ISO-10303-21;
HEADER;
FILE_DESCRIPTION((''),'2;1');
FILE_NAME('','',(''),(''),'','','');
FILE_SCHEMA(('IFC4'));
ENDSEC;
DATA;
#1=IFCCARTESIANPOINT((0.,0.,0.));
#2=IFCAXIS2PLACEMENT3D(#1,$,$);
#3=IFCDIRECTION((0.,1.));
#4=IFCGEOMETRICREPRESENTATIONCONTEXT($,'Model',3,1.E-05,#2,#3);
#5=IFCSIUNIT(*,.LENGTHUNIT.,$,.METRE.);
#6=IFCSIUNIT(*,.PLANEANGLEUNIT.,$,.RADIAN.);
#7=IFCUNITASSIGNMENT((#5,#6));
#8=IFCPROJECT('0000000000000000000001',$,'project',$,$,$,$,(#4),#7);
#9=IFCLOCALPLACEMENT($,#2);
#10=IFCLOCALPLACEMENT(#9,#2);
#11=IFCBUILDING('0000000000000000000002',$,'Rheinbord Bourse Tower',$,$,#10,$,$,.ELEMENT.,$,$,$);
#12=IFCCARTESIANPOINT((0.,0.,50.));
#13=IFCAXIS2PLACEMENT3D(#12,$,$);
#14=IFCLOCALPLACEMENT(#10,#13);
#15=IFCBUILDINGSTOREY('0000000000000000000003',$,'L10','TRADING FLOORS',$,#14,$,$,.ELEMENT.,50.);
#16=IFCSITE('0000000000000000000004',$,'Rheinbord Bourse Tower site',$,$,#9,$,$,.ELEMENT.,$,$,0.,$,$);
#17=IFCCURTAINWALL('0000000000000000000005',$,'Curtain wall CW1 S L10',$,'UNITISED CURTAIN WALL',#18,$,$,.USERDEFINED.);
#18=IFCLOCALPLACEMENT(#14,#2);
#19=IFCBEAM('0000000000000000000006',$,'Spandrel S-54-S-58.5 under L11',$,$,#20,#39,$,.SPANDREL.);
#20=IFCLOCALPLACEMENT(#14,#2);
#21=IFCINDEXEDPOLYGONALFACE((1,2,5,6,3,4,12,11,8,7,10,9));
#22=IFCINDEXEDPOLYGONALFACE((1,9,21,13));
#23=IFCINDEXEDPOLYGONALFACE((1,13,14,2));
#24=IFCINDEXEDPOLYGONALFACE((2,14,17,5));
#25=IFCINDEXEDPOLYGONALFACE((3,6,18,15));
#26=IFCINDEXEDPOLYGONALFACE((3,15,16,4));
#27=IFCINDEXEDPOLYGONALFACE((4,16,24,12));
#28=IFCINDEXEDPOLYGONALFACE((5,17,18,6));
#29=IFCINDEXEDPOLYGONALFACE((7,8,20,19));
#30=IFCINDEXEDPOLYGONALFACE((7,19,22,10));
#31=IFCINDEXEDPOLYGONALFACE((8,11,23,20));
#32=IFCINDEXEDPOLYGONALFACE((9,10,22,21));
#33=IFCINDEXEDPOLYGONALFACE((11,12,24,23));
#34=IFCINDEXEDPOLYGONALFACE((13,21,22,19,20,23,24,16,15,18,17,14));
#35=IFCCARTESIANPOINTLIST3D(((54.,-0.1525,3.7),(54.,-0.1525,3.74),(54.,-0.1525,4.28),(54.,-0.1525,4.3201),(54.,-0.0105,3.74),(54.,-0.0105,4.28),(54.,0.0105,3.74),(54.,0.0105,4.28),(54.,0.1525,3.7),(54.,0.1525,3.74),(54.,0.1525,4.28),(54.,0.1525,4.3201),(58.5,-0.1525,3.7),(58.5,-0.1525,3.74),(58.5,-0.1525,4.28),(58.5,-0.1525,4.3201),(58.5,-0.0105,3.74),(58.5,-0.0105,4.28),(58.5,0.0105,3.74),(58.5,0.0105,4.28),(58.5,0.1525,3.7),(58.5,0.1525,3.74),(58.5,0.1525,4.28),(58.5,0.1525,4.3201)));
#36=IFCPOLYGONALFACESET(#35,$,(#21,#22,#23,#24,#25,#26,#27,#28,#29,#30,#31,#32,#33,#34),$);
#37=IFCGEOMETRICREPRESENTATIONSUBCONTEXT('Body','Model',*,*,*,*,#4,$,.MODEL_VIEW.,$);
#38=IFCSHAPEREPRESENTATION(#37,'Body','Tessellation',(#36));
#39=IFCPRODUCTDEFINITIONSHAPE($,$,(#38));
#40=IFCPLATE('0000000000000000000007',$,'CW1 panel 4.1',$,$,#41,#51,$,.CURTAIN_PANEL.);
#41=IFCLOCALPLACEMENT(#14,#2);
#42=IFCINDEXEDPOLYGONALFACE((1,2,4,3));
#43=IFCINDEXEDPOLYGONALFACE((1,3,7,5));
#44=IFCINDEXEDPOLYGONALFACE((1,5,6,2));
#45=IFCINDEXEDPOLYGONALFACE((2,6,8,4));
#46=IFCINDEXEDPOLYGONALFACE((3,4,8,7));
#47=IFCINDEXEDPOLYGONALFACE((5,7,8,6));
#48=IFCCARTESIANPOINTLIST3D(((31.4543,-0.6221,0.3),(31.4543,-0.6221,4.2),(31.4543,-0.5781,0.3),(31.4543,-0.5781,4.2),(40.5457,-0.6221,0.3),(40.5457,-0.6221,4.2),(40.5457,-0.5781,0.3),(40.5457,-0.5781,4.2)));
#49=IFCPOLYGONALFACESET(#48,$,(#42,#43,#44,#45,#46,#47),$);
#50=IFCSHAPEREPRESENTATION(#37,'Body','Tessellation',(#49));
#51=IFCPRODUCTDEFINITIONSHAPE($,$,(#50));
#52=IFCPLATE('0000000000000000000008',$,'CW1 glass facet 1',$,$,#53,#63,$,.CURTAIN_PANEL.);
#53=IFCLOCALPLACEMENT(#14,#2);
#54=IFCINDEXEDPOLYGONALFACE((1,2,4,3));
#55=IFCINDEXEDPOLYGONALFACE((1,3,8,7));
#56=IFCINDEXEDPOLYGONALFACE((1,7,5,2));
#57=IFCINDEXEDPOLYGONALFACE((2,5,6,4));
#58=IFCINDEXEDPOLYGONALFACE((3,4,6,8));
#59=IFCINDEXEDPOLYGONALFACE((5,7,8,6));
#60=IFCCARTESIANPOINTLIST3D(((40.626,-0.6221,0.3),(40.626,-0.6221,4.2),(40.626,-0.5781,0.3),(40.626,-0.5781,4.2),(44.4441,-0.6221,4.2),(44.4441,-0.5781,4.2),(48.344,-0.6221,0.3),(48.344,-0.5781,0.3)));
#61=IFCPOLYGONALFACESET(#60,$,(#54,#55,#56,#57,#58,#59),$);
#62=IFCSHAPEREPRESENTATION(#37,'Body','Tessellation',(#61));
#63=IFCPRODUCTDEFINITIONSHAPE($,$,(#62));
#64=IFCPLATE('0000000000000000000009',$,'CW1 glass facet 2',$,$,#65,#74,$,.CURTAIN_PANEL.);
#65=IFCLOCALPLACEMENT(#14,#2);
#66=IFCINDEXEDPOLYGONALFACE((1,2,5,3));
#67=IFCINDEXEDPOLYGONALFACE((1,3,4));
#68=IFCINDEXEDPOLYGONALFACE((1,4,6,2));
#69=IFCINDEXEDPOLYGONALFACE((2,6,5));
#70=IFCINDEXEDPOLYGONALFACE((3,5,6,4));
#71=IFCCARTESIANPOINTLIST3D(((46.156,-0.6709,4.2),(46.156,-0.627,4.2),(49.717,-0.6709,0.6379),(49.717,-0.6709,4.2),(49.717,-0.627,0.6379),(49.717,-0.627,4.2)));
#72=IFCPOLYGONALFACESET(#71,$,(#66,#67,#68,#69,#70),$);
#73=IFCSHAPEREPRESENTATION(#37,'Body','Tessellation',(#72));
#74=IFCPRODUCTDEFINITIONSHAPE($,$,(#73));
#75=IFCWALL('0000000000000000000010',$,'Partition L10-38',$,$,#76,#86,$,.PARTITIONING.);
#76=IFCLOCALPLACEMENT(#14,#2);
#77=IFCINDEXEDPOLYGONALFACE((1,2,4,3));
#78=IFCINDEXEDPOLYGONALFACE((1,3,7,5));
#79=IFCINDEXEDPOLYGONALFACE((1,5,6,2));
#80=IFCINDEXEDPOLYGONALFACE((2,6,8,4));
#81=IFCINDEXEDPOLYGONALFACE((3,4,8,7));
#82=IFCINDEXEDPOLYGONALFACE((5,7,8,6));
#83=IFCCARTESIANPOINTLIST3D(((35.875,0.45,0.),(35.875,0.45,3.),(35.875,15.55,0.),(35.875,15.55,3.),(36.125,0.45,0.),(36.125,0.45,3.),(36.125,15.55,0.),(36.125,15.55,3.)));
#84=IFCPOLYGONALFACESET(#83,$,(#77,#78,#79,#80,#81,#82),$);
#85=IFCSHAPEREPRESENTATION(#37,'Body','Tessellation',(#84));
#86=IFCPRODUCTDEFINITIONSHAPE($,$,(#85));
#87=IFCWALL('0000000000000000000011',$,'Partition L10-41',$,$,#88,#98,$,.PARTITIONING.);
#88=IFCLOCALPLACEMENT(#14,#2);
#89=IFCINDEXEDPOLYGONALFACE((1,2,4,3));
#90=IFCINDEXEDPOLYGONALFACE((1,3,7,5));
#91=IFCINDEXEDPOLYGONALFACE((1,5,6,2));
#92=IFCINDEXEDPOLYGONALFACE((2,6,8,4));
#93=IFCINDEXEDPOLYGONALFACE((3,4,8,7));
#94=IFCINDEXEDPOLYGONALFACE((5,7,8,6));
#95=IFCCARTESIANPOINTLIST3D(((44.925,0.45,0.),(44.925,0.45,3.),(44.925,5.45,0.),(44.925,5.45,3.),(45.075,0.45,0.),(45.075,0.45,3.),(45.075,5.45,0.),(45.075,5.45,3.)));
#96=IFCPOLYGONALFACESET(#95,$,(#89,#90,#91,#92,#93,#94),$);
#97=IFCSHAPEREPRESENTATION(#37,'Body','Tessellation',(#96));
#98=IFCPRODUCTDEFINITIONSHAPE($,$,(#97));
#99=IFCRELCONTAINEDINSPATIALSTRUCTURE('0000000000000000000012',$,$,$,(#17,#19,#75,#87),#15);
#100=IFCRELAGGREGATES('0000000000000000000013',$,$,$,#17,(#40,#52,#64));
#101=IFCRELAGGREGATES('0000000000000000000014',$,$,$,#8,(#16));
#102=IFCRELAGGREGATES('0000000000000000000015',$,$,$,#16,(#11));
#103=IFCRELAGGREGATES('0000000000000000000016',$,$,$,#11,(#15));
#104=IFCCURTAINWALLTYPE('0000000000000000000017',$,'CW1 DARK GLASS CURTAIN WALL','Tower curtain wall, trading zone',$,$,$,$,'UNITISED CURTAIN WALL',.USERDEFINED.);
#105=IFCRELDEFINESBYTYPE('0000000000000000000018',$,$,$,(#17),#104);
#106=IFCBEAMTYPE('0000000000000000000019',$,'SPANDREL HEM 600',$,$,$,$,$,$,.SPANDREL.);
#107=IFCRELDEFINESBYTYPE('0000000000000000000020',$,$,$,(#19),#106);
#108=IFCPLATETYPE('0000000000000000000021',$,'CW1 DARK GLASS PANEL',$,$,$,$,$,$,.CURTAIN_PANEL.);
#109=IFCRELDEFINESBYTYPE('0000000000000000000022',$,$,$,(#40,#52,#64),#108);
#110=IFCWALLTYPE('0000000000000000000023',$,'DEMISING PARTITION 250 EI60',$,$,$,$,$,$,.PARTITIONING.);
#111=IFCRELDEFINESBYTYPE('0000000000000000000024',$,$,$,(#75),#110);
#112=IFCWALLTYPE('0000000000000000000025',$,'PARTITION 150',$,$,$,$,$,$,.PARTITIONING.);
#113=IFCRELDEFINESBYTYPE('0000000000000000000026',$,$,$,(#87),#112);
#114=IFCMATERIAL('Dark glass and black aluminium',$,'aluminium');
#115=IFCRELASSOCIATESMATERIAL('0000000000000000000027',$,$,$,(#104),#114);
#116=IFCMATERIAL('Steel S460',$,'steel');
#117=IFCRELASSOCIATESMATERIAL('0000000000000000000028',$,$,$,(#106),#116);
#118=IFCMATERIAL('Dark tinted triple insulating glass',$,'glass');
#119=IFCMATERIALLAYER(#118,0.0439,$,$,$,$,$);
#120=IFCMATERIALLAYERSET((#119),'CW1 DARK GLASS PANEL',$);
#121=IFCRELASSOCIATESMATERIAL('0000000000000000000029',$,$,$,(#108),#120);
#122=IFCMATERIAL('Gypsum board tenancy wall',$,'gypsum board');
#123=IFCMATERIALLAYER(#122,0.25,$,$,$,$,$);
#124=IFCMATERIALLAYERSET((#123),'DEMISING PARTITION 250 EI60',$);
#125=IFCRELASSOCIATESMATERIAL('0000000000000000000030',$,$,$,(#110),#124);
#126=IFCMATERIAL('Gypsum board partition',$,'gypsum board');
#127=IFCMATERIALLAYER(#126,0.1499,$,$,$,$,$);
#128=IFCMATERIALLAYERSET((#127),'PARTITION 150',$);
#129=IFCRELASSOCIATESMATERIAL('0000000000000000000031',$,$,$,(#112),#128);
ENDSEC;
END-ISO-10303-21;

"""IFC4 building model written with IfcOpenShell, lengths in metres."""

from ifc_helpers import new_model, si_unit, direction, frame, frame_2d, origin, origin_2d, place, context, subcontext, project, spatial, polyline, rectangle, i_section, outline, extrude, material, layer, layer_set, material_profile, profile_set, type_object, element, aggregate, save


model = new_model("IFC4")

# Units and contexts
model_context = context("Model", 3, precision=1e-05, world=origin(), true_north=direction((0.0, 1.0)))
body_context = subcontext(model_context, "Body", "Model", "MODEL_VIEW")
ifc_project = project(units=[si_unit("LENGTHUNIT", "METRE"), si_unit("PLANEANGLEUNIT", "RADIAN")], contexts=[model_context])

# Site, building, storey
site_placement = place(None, origin())
site = spatial("IfcSite", under=ifc_project, at=site_placement, Name="Rheinbord Bourse Tower site", CompositionType="ELEMENT", RefElevation=0.0)
building_placement = place(site_placement, origin())
building = spatial("IfcBuilding", under=site, at=building_placement, Name="Rheinbord Bourse Tower", CompositionType="ELEMENT")
storey_placement = place(building_placement, frame((0.0, 0.0, 50.0)))
storey = spatial("IfcBuildingStorey", under=building, at=storey_placement, Name="L10", Description="TRADING FLOORS", CompositionType="ELEMENT", Elevation=50.0)

# Curtain wall
ifc_material_1 = material(Name="Dark glass and black aluminium", Category="aluminium")
curtain_wall_type = type_object("IfcCurtainWallType", Name="CW1 DARK GLASS CURTAIN WALL", Description="Tower curtain wall, trading zone", ElementType="UNITISED CURTAIN WALL", PredefinedType="USERDEFINED", material=ifc_material_1)
curtain_wall_placement = place(storey_placement, origin())
curtain_wall = element("IfcCurtainWall", 1, at=curtain_wall_placement, inside=storey, type_object=curtain_wall_type, Name="Curtain wall CW1 S L10", ObjectType="UNITISED CURTAIN WALL", PredefinedType="USERDEFINED")

# Beam
ifc_material_2 = material(Name="Steel S460", Category="steel")
ifc_material_profile_1 = material_profile(ifc_material_2, i_section(OverallWidth=0.3049, OverallDepth=0.6201, WebThickness=0.021, FlangeThickness=0.04, at=origin_2d()), Name="HEM 600")
ifc_profile_set_1 = profile_set([ifc_material_profile_1], Name="Steel S460")
beam_type_1 = type_object("IfcBeamType", Name="SPANDREL HEM 600", PredefinedType="SPANDREL", material=ifc_profile_set_1)
for number, where, z_axis, x_axis, name in (
    (2, (54.0, 0.0, 4.01), (1.0, 0.0, 0.0), (0.0, 1.0, 0.0), "Spandrel S-54-S-58.5 under L11"),
):
    element("IfcBeam", number, at=place(storey_placement, frame(where, z_axis=z_axis, x_axis=x_axis)), inside=storey, type_object=beam_type_1, Name=name, PredefinedType="SPANDREL", context=body_context, shape_type="SweptSolid", body=[
        extrude(i_section(OverallWidth=0.3049, OverallDepth=0.6201, WebThickness=0.021, FlangeThickness=0.04, at=origin_2d()), origin(), (0.0, 0.0, 1.0), 4.5),
    ])

# Plates
ifc_material_3 = material(Name="Dark tinted triple insulating glass", Category="glass")
ifc_layer_1 = layer(ifc_material_3, 0.0439)
ifc_layer_set_1 = layer_set([ifc_layer_1], Name="CW1 DARK GLASS PANEL")
plate_type = type_object("IfcPlateType", Name="CW1 DARK GLASS PANEL", PredefinedType="CURTAIN_PANEL", material=ifc_layer_set_1)
plate_1_placement = place(storey_placement, frame((36.0, -0.6001, 0.3), z_axis=(0.0, 0.0, 1.0), x_axis=(1.0, 0.0, 0.0)))
plate_1 = element("IfcPlate", 3, at=plate_1_placement, type_object=plate_type, Name="CW1 panel 4.1", PredefinedType="CURTAIN_PANEL", context=body_context, shape_type="SweptSolid", body=[
    extrude(rectangle(XDim=9.0913, YDim=0.0439, at=origin_2d()), origin(), (0.0, 0.0, 1.0), 3.8999),
])
plate_2_placement = place(storey_placement, frame((40.626, -0.6221, 0.3), z_axis=(0.0, 1.0, 0.0), x_axis=(0.0, 0.0, 1.0)))
plate_2 = element("IfcPlate", 4, at=plate_2_placement, type_object=plate_type, Name="CW1 glass facet 1", PredefinedType="CURTAIN_PANEL", context=body_context, shape_type="SweptSolid", body=[
    extrude(outline(polyline([(0.0, 0.0), (3.8999, 0.0), (3.8999, 3.8181), (0.0, 7.718), (0.0, 0.0)])), origin(), (0.0, 0.0, 1.0), 0.0439),
])
plate_3_placement = place(storey_placement, frame((49.717, -0.6709, 4.2), z_axis=(0.0, 1.0, 0.0), x_axis=(0.0, 0.0, -1.0)))
plate_3 = element("IfcPlate", 5, at=plate_3_placement, type_object=plate_type, Name="CW1 glass facet 2", PredefinedType="CURTAIN_PANEL", context=body_context, shape_type="SweptSolid", body=[
    extrude(outline(polyline([(0.0, 0.0), (3.562, 0.0), (0.0, 3.561), (0.0, 0.0)])), origin(), (0.0, 0.0, 1.0), 0.0439),
])
aggregate(curtain_wall, [plate_1, plate_2, plate_3])

# Walls
ifc_material_4 = material(Name="Gypsum board tenancy wall", Category="gypsum board")
ifc_layer_2 = layer(ifc_material_4, 0.25)
ifc_layer_set_2 = layer_set([ifc_layer_2], Name="DEMISING PARTITION 250 EI60")
wall_type_1 = type_object("IfcWallType", Name="DEMISING PARTITION 250 EI60", PredefinedType="PARTITIONING", material=ifc_layer_set_2)
wall_1_placement = place(storey_placement, frame((36.0, 0.45, 0.0), z_axis=(0.0, 0.0, 1.0), x_axis=(0.0, 1.0, 0.0)))
element("IfcWall", 6, at=wall_1_placement, inside=storey, type_object=wall_type_1, Name="Partition L10-38", PredefinedType="PARTITIONING", context=body_context, shape_type="SweptSolid", body=[
    extrude(rectangle(XDim=15.1001, YDim=0.25, at=frame_2d((7.55, 0.0))), origin(), (0.0, 0.0, 1.0), 3.0),
])
ifc_material_5 = material(Name="Gypsum board partition", Category="gypsum board")
ifc_layer_3 = layer(ifc_material_5, 0.1499)
ifc_layer_set_3 = layer_set([ifc_layer_3], Name="PARTITION 150")
wall_type_2 = type_object("IfcWallType", Name="PARTITION 150", PredefinedType="PARTITIONING", material=ifc_layer_set_3)
wall_2_placement = place(storey_placement, frame((45.0, 0.45, 0.0), z_axis=(0.0, 0.0, 1.0), x_axis=(0.0, 1.0, 0.0)))
element("IfcWall", 7, at=wall_2_placement, inside=storey, type_object=wall_type_2, Name="Partition L10-41", PredefinedType="PARTITIONING", context=body_context, shape_type="SweptSolid", body=[
    extrude(rectangle(XDim=5.0, YDim=0.1499, at=frame_2d((2.5, 0.0))), origin(), (0.0, 0.0, 1.0), 3.0),
])

save(model, "model.ifc")
